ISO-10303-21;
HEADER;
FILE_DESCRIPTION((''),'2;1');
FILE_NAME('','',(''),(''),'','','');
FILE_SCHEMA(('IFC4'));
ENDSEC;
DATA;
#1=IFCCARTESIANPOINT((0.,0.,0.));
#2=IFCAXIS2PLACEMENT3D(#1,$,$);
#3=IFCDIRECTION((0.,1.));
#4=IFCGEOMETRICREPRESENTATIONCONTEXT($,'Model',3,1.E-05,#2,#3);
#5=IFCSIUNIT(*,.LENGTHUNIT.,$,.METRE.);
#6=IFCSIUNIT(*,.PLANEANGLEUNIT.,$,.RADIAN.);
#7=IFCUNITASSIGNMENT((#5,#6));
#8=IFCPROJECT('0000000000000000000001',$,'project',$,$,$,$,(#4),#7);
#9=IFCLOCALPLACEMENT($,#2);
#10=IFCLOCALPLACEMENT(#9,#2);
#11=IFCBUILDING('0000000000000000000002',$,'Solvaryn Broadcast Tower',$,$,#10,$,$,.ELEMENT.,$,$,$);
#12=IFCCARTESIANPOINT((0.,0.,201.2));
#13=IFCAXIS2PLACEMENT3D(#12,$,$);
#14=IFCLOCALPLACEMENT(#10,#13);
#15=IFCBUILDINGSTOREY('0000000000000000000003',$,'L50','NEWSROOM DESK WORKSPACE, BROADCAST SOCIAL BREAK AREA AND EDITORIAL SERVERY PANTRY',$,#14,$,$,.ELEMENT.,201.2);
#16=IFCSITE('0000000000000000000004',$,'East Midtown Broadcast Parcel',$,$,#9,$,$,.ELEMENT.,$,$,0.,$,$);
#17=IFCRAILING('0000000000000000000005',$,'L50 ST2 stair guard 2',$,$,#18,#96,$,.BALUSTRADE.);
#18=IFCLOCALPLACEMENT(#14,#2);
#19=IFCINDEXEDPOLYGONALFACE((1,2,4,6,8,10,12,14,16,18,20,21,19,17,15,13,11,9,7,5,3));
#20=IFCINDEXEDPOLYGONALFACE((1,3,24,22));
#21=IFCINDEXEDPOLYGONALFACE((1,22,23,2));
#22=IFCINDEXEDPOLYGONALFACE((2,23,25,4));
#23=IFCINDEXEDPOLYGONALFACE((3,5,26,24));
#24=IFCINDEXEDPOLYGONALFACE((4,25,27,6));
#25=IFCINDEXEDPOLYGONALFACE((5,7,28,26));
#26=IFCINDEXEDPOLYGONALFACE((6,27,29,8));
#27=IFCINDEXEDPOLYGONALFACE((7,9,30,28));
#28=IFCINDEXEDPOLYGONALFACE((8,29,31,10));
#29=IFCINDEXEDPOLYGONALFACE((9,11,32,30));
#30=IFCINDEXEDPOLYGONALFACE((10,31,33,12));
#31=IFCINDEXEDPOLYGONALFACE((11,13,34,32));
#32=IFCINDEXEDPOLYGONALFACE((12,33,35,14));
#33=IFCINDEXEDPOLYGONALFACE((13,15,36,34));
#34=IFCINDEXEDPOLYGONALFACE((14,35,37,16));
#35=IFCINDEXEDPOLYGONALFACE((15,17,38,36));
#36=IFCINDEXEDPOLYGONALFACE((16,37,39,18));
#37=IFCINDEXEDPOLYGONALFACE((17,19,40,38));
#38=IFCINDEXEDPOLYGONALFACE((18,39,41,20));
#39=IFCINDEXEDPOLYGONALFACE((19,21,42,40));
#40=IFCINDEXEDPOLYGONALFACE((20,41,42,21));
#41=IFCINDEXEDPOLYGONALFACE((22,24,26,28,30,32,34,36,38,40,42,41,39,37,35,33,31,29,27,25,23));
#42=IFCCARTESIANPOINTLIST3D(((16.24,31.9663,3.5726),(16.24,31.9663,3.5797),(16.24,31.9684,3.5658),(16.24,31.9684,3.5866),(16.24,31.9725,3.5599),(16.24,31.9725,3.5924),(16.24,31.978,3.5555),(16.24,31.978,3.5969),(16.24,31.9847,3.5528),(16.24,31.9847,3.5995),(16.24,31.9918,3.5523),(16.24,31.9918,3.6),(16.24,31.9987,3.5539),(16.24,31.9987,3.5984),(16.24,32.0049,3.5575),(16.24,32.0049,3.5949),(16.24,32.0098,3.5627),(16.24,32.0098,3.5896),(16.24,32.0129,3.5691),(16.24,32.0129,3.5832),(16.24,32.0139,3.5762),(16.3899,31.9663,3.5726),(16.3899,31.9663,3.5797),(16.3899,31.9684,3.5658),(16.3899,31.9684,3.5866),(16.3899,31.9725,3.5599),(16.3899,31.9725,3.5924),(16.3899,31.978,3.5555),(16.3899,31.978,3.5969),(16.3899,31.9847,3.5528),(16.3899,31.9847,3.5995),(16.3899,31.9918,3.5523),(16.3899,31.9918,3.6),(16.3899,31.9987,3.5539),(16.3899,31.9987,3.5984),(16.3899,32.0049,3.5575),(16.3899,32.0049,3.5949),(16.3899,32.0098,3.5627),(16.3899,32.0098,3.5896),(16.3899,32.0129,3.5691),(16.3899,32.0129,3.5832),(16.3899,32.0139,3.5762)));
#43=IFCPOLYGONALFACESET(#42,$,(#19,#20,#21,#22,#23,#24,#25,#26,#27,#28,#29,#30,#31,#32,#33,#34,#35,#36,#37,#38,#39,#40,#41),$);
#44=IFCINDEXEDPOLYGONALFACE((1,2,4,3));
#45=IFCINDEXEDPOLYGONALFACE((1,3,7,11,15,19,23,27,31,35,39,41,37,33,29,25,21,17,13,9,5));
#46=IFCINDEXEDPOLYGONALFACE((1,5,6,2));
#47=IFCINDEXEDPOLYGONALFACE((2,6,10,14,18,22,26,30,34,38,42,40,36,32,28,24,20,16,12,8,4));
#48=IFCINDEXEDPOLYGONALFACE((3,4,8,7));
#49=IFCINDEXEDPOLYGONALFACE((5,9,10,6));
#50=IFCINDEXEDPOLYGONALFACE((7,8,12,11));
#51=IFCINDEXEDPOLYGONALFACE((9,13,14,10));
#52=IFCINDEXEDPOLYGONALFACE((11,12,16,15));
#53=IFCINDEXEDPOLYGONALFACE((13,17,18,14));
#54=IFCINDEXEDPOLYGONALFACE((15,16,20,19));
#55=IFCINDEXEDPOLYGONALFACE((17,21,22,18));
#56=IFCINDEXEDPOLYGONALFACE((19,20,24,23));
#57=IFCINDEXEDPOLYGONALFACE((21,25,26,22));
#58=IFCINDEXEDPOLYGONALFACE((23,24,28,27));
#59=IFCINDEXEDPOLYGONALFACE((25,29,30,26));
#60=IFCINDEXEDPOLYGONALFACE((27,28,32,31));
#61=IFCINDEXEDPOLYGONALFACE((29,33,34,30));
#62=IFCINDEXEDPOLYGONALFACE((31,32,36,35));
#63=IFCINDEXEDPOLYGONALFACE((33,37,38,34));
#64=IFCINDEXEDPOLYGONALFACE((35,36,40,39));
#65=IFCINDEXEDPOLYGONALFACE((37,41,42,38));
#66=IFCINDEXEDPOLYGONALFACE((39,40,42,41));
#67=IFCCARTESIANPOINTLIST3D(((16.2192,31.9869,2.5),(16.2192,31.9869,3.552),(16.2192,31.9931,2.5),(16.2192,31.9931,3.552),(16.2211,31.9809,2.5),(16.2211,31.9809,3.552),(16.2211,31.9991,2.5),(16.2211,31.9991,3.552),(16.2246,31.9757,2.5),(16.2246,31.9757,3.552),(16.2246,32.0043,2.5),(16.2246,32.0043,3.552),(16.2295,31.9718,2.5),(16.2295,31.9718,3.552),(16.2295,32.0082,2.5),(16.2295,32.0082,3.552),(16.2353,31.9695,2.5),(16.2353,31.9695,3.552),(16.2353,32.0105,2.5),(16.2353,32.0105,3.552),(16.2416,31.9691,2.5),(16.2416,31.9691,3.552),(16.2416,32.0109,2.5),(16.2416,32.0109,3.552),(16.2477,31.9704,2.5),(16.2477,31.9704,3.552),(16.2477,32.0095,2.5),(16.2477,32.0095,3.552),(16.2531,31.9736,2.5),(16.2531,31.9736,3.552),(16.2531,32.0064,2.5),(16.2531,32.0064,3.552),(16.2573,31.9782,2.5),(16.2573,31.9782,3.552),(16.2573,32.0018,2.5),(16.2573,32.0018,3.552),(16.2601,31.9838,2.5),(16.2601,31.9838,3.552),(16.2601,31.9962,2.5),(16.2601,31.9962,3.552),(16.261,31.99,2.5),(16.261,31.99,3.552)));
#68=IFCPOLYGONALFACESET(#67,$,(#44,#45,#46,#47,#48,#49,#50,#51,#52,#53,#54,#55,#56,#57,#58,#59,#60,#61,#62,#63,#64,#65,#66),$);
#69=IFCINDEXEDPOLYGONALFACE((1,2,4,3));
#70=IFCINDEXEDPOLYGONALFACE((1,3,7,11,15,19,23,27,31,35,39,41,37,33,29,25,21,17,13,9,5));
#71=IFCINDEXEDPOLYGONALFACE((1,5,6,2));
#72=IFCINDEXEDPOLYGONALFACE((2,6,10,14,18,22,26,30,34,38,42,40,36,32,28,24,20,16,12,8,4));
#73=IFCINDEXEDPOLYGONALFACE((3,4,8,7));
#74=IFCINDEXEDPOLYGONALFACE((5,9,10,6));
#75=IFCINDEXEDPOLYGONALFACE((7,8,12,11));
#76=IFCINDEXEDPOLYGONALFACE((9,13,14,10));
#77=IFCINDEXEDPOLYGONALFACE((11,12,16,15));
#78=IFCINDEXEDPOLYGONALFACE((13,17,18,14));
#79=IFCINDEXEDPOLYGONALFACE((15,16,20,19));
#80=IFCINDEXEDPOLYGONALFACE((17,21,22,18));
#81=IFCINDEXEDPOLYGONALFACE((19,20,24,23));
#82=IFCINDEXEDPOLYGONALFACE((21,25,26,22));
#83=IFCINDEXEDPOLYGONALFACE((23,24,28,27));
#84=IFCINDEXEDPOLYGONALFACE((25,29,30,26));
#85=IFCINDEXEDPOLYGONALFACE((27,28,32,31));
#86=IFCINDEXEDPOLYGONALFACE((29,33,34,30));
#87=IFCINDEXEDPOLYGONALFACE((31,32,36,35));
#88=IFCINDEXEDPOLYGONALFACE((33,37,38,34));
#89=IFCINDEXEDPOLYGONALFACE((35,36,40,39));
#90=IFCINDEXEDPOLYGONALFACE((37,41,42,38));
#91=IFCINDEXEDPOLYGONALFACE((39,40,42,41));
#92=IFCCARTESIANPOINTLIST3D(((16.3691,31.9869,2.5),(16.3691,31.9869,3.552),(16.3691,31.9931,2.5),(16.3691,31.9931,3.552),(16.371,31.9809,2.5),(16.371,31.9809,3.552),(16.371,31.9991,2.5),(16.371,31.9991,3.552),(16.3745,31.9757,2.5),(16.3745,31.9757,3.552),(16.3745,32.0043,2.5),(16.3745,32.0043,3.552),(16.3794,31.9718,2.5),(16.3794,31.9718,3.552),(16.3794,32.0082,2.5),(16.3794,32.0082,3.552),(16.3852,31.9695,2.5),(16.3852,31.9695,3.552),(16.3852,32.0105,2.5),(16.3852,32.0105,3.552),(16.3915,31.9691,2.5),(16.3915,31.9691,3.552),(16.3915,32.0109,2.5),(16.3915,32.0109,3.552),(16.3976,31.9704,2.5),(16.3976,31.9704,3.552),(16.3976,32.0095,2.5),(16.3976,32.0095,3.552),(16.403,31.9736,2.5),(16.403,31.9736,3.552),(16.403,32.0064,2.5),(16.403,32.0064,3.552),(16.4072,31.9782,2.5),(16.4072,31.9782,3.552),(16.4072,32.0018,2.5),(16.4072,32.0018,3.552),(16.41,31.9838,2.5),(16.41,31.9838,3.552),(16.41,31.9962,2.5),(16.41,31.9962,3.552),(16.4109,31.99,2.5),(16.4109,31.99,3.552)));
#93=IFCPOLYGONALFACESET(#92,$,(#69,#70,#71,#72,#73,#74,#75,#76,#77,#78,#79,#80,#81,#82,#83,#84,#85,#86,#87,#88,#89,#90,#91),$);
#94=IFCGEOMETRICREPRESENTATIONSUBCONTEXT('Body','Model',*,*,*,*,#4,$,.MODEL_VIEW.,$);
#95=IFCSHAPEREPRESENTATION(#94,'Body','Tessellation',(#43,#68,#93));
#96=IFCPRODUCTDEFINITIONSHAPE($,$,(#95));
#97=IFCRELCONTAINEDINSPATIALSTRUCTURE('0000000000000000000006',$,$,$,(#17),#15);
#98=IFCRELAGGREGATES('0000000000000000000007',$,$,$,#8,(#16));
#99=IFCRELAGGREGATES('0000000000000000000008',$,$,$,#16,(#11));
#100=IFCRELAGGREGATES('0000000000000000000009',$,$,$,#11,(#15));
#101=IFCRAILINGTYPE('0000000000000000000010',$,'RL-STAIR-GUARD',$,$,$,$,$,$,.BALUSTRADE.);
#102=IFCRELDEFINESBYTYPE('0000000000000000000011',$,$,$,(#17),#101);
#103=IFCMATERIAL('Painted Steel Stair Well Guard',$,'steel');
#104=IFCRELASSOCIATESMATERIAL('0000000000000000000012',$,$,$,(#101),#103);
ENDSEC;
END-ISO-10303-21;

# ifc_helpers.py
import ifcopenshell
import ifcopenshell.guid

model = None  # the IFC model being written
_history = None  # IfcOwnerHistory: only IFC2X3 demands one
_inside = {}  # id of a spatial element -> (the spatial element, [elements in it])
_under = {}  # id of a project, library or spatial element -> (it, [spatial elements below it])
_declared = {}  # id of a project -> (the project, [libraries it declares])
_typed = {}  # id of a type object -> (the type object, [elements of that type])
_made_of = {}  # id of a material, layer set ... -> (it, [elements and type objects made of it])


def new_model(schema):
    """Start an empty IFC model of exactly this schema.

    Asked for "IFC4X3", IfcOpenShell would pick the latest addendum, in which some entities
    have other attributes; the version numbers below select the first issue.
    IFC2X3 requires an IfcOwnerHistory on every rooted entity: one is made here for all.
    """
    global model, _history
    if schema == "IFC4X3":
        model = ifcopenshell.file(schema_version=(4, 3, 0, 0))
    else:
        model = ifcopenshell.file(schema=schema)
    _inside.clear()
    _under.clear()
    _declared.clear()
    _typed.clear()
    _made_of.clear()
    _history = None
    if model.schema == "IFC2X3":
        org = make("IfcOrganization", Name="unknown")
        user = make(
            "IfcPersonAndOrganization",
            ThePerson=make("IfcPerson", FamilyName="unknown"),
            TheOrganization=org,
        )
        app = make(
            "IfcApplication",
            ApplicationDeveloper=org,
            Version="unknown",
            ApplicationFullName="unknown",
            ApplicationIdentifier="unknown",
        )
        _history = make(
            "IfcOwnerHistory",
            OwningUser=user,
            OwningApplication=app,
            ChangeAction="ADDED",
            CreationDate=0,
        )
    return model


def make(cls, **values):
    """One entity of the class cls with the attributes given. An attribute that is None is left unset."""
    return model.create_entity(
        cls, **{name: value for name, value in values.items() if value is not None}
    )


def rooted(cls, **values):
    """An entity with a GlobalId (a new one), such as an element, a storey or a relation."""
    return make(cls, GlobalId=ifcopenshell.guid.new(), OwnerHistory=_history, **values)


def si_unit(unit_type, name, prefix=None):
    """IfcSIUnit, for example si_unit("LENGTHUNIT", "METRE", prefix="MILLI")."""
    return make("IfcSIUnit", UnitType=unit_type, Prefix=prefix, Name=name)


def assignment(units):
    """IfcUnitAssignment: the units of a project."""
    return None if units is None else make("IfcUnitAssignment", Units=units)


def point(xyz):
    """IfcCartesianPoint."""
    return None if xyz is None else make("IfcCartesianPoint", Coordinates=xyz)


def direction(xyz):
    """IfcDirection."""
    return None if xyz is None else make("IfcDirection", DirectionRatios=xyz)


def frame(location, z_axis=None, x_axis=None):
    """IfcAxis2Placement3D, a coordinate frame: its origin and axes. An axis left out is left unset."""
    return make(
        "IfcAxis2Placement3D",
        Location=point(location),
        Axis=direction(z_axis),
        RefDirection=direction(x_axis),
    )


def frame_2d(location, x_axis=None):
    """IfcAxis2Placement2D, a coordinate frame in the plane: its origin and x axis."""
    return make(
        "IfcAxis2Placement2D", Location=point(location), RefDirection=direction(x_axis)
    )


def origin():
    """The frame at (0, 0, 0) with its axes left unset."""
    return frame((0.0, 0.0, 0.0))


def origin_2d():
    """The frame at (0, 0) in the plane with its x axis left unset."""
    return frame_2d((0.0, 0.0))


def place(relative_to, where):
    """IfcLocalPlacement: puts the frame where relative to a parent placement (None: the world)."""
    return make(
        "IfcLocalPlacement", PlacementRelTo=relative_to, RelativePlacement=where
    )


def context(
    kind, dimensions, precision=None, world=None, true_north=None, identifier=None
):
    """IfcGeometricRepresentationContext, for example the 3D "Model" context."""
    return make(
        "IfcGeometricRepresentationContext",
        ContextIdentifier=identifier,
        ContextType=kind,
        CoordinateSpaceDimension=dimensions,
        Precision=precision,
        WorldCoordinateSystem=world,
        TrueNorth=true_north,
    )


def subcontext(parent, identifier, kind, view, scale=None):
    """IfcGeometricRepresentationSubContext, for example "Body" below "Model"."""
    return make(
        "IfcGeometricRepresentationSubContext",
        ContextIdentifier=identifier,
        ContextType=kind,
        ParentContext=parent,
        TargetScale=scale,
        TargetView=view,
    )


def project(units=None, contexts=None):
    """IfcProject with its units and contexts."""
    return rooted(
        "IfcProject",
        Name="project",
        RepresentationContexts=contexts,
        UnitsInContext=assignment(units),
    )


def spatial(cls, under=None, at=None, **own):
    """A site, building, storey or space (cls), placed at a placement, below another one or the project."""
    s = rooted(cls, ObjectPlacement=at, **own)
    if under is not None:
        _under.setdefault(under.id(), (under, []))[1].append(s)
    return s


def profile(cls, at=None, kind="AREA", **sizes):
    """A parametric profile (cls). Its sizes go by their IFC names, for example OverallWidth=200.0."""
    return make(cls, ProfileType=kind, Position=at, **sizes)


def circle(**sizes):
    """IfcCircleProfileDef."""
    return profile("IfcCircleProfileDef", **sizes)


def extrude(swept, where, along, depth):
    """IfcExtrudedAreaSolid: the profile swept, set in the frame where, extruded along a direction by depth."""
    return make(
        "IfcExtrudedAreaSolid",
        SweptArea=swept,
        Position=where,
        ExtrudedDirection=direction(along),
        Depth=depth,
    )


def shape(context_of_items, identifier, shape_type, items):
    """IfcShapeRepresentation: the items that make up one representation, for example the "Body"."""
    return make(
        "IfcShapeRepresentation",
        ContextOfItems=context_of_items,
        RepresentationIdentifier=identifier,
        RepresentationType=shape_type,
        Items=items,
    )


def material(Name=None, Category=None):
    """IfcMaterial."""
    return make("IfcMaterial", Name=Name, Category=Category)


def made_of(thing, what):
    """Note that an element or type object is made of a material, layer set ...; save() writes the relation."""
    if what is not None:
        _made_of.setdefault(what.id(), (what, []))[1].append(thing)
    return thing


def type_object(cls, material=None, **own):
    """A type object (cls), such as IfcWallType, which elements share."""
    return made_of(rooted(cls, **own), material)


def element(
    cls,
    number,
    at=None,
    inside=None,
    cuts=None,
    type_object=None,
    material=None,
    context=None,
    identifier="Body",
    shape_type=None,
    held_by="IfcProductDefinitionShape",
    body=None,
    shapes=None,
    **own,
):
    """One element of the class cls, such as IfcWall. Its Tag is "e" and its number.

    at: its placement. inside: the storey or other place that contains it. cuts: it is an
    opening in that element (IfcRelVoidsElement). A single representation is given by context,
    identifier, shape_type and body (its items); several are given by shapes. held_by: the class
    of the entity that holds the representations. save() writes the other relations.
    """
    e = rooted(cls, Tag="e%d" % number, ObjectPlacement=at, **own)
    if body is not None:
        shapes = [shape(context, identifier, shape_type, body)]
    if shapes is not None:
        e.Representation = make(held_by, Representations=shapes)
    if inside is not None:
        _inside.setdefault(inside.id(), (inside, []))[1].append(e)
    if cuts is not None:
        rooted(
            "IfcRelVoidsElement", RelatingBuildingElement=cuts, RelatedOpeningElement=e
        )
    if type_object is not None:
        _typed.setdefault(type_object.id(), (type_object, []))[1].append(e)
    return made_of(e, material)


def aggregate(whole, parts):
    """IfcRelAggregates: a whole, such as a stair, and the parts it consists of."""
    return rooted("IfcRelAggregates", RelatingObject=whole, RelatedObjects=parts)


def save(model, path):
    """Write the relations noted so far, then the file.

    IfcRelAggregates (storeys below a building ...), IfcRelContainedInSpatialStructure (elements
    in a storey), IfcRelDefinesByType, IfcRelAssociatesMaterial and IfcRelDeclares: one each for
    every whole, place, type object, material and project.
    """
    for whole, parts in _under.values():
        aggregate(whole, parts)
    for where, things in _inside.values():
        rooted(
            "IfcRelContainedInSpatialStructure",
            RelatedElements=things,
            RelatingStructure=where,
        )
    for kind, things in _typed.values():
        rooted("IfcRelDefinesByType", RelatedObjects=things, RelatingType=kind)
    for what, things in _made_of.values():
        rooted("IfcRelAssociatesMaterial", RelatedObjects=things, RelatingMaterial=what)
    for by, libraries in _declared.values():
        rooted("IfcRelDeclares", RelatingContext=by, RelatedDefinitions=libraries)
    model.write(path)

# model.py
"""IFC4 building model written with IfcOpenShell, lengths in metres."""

from ifc_helpers import new_model, si_unit, direction, frame, origin, origin_2d, place, context, subcontext, project, spatial, circle, extrude, material, type_object, element, save


model = new_model("IFC4")

# Units and contexts
model_context = context("Model", 3, precision=1e-05, world=origin(), true_north=direction((0.0, 1.0)))
body_context = subcontext(model_context, "Body", "Model", "MODEL_VIEW")
ifc_project = project(units=[si_unit("LENGTHUNIT", "METRE"), si_unit("PLANEANGLEUNIT", "RADIAN")], contexts=[model_context])

# Site, building, storey
site_placement = place(None, origin())
site = spatial("IfcSite", under=ifc_project, at=site_placement, Name="East Midtown Broadcast Parcel", CompositionType="ELEMENT", RefElevation=0.0)
building_placement = place(site_placement, origin())
building = spatial("IfcBuilding", under=site, at=building_placement, Name="Solvaryn Broadcast Tower", CompositionType="ELEMENT")
storey_placement = place(building_placement, frame((0.0, 0.0, 201.2)))
storey = spatial("IfcBuildingStorey", under=building, at=storey_placement, Name="L50", Description="NEWSROOM DESK WORKSPACE, BROADCAST SOCIAL BREAK AREA AND EDITORIAL SERVERY PANTRY", CompositionType="ELEMENT", Elevation=201.2)

# Railing
ifc_material_1 = material(Name="Painted Steel Stair Well Guard", Category="steel")
railing_type_1 = type_object("IfcRailingType", Name="RL-STAIR-GUARD", PredefinedType="BALUSTRADE", material=ifc_material_1)
railing_1_placement = place(storey_placement, frame((16.24, 31.99, 2.5)))
element("IfcRailing", 1, at=railing_1_placement, inside=storey, type_object=railing_type_1, Name="L50 ST2 stair guard 2", PredefinedType="BALUSTRADE", context=body_context, shape_type="SweptSolid", body=[
    extrude(circle(Radius=0.0239, at=origin_2d()), frame((0.0, 0.0, 1.0762), z_axis=(1.0, 0.0, 0.0), x_axis=(0.0, 1.0, 0.0)), (0.0, 0.0, 1.0), 0.1499),
    extrude(circle(Radius=0.021, at=origin_2d()), origin(), (0.0, 0.0, 1.0), 1.052),
    extrude(circle(Radius=0.021, at=origin_2d()), frame((0.1499, 0.0, 0.0)), (0.0, 0.0, 1.0), 1.052),
])

save(model, "model.ifc")
